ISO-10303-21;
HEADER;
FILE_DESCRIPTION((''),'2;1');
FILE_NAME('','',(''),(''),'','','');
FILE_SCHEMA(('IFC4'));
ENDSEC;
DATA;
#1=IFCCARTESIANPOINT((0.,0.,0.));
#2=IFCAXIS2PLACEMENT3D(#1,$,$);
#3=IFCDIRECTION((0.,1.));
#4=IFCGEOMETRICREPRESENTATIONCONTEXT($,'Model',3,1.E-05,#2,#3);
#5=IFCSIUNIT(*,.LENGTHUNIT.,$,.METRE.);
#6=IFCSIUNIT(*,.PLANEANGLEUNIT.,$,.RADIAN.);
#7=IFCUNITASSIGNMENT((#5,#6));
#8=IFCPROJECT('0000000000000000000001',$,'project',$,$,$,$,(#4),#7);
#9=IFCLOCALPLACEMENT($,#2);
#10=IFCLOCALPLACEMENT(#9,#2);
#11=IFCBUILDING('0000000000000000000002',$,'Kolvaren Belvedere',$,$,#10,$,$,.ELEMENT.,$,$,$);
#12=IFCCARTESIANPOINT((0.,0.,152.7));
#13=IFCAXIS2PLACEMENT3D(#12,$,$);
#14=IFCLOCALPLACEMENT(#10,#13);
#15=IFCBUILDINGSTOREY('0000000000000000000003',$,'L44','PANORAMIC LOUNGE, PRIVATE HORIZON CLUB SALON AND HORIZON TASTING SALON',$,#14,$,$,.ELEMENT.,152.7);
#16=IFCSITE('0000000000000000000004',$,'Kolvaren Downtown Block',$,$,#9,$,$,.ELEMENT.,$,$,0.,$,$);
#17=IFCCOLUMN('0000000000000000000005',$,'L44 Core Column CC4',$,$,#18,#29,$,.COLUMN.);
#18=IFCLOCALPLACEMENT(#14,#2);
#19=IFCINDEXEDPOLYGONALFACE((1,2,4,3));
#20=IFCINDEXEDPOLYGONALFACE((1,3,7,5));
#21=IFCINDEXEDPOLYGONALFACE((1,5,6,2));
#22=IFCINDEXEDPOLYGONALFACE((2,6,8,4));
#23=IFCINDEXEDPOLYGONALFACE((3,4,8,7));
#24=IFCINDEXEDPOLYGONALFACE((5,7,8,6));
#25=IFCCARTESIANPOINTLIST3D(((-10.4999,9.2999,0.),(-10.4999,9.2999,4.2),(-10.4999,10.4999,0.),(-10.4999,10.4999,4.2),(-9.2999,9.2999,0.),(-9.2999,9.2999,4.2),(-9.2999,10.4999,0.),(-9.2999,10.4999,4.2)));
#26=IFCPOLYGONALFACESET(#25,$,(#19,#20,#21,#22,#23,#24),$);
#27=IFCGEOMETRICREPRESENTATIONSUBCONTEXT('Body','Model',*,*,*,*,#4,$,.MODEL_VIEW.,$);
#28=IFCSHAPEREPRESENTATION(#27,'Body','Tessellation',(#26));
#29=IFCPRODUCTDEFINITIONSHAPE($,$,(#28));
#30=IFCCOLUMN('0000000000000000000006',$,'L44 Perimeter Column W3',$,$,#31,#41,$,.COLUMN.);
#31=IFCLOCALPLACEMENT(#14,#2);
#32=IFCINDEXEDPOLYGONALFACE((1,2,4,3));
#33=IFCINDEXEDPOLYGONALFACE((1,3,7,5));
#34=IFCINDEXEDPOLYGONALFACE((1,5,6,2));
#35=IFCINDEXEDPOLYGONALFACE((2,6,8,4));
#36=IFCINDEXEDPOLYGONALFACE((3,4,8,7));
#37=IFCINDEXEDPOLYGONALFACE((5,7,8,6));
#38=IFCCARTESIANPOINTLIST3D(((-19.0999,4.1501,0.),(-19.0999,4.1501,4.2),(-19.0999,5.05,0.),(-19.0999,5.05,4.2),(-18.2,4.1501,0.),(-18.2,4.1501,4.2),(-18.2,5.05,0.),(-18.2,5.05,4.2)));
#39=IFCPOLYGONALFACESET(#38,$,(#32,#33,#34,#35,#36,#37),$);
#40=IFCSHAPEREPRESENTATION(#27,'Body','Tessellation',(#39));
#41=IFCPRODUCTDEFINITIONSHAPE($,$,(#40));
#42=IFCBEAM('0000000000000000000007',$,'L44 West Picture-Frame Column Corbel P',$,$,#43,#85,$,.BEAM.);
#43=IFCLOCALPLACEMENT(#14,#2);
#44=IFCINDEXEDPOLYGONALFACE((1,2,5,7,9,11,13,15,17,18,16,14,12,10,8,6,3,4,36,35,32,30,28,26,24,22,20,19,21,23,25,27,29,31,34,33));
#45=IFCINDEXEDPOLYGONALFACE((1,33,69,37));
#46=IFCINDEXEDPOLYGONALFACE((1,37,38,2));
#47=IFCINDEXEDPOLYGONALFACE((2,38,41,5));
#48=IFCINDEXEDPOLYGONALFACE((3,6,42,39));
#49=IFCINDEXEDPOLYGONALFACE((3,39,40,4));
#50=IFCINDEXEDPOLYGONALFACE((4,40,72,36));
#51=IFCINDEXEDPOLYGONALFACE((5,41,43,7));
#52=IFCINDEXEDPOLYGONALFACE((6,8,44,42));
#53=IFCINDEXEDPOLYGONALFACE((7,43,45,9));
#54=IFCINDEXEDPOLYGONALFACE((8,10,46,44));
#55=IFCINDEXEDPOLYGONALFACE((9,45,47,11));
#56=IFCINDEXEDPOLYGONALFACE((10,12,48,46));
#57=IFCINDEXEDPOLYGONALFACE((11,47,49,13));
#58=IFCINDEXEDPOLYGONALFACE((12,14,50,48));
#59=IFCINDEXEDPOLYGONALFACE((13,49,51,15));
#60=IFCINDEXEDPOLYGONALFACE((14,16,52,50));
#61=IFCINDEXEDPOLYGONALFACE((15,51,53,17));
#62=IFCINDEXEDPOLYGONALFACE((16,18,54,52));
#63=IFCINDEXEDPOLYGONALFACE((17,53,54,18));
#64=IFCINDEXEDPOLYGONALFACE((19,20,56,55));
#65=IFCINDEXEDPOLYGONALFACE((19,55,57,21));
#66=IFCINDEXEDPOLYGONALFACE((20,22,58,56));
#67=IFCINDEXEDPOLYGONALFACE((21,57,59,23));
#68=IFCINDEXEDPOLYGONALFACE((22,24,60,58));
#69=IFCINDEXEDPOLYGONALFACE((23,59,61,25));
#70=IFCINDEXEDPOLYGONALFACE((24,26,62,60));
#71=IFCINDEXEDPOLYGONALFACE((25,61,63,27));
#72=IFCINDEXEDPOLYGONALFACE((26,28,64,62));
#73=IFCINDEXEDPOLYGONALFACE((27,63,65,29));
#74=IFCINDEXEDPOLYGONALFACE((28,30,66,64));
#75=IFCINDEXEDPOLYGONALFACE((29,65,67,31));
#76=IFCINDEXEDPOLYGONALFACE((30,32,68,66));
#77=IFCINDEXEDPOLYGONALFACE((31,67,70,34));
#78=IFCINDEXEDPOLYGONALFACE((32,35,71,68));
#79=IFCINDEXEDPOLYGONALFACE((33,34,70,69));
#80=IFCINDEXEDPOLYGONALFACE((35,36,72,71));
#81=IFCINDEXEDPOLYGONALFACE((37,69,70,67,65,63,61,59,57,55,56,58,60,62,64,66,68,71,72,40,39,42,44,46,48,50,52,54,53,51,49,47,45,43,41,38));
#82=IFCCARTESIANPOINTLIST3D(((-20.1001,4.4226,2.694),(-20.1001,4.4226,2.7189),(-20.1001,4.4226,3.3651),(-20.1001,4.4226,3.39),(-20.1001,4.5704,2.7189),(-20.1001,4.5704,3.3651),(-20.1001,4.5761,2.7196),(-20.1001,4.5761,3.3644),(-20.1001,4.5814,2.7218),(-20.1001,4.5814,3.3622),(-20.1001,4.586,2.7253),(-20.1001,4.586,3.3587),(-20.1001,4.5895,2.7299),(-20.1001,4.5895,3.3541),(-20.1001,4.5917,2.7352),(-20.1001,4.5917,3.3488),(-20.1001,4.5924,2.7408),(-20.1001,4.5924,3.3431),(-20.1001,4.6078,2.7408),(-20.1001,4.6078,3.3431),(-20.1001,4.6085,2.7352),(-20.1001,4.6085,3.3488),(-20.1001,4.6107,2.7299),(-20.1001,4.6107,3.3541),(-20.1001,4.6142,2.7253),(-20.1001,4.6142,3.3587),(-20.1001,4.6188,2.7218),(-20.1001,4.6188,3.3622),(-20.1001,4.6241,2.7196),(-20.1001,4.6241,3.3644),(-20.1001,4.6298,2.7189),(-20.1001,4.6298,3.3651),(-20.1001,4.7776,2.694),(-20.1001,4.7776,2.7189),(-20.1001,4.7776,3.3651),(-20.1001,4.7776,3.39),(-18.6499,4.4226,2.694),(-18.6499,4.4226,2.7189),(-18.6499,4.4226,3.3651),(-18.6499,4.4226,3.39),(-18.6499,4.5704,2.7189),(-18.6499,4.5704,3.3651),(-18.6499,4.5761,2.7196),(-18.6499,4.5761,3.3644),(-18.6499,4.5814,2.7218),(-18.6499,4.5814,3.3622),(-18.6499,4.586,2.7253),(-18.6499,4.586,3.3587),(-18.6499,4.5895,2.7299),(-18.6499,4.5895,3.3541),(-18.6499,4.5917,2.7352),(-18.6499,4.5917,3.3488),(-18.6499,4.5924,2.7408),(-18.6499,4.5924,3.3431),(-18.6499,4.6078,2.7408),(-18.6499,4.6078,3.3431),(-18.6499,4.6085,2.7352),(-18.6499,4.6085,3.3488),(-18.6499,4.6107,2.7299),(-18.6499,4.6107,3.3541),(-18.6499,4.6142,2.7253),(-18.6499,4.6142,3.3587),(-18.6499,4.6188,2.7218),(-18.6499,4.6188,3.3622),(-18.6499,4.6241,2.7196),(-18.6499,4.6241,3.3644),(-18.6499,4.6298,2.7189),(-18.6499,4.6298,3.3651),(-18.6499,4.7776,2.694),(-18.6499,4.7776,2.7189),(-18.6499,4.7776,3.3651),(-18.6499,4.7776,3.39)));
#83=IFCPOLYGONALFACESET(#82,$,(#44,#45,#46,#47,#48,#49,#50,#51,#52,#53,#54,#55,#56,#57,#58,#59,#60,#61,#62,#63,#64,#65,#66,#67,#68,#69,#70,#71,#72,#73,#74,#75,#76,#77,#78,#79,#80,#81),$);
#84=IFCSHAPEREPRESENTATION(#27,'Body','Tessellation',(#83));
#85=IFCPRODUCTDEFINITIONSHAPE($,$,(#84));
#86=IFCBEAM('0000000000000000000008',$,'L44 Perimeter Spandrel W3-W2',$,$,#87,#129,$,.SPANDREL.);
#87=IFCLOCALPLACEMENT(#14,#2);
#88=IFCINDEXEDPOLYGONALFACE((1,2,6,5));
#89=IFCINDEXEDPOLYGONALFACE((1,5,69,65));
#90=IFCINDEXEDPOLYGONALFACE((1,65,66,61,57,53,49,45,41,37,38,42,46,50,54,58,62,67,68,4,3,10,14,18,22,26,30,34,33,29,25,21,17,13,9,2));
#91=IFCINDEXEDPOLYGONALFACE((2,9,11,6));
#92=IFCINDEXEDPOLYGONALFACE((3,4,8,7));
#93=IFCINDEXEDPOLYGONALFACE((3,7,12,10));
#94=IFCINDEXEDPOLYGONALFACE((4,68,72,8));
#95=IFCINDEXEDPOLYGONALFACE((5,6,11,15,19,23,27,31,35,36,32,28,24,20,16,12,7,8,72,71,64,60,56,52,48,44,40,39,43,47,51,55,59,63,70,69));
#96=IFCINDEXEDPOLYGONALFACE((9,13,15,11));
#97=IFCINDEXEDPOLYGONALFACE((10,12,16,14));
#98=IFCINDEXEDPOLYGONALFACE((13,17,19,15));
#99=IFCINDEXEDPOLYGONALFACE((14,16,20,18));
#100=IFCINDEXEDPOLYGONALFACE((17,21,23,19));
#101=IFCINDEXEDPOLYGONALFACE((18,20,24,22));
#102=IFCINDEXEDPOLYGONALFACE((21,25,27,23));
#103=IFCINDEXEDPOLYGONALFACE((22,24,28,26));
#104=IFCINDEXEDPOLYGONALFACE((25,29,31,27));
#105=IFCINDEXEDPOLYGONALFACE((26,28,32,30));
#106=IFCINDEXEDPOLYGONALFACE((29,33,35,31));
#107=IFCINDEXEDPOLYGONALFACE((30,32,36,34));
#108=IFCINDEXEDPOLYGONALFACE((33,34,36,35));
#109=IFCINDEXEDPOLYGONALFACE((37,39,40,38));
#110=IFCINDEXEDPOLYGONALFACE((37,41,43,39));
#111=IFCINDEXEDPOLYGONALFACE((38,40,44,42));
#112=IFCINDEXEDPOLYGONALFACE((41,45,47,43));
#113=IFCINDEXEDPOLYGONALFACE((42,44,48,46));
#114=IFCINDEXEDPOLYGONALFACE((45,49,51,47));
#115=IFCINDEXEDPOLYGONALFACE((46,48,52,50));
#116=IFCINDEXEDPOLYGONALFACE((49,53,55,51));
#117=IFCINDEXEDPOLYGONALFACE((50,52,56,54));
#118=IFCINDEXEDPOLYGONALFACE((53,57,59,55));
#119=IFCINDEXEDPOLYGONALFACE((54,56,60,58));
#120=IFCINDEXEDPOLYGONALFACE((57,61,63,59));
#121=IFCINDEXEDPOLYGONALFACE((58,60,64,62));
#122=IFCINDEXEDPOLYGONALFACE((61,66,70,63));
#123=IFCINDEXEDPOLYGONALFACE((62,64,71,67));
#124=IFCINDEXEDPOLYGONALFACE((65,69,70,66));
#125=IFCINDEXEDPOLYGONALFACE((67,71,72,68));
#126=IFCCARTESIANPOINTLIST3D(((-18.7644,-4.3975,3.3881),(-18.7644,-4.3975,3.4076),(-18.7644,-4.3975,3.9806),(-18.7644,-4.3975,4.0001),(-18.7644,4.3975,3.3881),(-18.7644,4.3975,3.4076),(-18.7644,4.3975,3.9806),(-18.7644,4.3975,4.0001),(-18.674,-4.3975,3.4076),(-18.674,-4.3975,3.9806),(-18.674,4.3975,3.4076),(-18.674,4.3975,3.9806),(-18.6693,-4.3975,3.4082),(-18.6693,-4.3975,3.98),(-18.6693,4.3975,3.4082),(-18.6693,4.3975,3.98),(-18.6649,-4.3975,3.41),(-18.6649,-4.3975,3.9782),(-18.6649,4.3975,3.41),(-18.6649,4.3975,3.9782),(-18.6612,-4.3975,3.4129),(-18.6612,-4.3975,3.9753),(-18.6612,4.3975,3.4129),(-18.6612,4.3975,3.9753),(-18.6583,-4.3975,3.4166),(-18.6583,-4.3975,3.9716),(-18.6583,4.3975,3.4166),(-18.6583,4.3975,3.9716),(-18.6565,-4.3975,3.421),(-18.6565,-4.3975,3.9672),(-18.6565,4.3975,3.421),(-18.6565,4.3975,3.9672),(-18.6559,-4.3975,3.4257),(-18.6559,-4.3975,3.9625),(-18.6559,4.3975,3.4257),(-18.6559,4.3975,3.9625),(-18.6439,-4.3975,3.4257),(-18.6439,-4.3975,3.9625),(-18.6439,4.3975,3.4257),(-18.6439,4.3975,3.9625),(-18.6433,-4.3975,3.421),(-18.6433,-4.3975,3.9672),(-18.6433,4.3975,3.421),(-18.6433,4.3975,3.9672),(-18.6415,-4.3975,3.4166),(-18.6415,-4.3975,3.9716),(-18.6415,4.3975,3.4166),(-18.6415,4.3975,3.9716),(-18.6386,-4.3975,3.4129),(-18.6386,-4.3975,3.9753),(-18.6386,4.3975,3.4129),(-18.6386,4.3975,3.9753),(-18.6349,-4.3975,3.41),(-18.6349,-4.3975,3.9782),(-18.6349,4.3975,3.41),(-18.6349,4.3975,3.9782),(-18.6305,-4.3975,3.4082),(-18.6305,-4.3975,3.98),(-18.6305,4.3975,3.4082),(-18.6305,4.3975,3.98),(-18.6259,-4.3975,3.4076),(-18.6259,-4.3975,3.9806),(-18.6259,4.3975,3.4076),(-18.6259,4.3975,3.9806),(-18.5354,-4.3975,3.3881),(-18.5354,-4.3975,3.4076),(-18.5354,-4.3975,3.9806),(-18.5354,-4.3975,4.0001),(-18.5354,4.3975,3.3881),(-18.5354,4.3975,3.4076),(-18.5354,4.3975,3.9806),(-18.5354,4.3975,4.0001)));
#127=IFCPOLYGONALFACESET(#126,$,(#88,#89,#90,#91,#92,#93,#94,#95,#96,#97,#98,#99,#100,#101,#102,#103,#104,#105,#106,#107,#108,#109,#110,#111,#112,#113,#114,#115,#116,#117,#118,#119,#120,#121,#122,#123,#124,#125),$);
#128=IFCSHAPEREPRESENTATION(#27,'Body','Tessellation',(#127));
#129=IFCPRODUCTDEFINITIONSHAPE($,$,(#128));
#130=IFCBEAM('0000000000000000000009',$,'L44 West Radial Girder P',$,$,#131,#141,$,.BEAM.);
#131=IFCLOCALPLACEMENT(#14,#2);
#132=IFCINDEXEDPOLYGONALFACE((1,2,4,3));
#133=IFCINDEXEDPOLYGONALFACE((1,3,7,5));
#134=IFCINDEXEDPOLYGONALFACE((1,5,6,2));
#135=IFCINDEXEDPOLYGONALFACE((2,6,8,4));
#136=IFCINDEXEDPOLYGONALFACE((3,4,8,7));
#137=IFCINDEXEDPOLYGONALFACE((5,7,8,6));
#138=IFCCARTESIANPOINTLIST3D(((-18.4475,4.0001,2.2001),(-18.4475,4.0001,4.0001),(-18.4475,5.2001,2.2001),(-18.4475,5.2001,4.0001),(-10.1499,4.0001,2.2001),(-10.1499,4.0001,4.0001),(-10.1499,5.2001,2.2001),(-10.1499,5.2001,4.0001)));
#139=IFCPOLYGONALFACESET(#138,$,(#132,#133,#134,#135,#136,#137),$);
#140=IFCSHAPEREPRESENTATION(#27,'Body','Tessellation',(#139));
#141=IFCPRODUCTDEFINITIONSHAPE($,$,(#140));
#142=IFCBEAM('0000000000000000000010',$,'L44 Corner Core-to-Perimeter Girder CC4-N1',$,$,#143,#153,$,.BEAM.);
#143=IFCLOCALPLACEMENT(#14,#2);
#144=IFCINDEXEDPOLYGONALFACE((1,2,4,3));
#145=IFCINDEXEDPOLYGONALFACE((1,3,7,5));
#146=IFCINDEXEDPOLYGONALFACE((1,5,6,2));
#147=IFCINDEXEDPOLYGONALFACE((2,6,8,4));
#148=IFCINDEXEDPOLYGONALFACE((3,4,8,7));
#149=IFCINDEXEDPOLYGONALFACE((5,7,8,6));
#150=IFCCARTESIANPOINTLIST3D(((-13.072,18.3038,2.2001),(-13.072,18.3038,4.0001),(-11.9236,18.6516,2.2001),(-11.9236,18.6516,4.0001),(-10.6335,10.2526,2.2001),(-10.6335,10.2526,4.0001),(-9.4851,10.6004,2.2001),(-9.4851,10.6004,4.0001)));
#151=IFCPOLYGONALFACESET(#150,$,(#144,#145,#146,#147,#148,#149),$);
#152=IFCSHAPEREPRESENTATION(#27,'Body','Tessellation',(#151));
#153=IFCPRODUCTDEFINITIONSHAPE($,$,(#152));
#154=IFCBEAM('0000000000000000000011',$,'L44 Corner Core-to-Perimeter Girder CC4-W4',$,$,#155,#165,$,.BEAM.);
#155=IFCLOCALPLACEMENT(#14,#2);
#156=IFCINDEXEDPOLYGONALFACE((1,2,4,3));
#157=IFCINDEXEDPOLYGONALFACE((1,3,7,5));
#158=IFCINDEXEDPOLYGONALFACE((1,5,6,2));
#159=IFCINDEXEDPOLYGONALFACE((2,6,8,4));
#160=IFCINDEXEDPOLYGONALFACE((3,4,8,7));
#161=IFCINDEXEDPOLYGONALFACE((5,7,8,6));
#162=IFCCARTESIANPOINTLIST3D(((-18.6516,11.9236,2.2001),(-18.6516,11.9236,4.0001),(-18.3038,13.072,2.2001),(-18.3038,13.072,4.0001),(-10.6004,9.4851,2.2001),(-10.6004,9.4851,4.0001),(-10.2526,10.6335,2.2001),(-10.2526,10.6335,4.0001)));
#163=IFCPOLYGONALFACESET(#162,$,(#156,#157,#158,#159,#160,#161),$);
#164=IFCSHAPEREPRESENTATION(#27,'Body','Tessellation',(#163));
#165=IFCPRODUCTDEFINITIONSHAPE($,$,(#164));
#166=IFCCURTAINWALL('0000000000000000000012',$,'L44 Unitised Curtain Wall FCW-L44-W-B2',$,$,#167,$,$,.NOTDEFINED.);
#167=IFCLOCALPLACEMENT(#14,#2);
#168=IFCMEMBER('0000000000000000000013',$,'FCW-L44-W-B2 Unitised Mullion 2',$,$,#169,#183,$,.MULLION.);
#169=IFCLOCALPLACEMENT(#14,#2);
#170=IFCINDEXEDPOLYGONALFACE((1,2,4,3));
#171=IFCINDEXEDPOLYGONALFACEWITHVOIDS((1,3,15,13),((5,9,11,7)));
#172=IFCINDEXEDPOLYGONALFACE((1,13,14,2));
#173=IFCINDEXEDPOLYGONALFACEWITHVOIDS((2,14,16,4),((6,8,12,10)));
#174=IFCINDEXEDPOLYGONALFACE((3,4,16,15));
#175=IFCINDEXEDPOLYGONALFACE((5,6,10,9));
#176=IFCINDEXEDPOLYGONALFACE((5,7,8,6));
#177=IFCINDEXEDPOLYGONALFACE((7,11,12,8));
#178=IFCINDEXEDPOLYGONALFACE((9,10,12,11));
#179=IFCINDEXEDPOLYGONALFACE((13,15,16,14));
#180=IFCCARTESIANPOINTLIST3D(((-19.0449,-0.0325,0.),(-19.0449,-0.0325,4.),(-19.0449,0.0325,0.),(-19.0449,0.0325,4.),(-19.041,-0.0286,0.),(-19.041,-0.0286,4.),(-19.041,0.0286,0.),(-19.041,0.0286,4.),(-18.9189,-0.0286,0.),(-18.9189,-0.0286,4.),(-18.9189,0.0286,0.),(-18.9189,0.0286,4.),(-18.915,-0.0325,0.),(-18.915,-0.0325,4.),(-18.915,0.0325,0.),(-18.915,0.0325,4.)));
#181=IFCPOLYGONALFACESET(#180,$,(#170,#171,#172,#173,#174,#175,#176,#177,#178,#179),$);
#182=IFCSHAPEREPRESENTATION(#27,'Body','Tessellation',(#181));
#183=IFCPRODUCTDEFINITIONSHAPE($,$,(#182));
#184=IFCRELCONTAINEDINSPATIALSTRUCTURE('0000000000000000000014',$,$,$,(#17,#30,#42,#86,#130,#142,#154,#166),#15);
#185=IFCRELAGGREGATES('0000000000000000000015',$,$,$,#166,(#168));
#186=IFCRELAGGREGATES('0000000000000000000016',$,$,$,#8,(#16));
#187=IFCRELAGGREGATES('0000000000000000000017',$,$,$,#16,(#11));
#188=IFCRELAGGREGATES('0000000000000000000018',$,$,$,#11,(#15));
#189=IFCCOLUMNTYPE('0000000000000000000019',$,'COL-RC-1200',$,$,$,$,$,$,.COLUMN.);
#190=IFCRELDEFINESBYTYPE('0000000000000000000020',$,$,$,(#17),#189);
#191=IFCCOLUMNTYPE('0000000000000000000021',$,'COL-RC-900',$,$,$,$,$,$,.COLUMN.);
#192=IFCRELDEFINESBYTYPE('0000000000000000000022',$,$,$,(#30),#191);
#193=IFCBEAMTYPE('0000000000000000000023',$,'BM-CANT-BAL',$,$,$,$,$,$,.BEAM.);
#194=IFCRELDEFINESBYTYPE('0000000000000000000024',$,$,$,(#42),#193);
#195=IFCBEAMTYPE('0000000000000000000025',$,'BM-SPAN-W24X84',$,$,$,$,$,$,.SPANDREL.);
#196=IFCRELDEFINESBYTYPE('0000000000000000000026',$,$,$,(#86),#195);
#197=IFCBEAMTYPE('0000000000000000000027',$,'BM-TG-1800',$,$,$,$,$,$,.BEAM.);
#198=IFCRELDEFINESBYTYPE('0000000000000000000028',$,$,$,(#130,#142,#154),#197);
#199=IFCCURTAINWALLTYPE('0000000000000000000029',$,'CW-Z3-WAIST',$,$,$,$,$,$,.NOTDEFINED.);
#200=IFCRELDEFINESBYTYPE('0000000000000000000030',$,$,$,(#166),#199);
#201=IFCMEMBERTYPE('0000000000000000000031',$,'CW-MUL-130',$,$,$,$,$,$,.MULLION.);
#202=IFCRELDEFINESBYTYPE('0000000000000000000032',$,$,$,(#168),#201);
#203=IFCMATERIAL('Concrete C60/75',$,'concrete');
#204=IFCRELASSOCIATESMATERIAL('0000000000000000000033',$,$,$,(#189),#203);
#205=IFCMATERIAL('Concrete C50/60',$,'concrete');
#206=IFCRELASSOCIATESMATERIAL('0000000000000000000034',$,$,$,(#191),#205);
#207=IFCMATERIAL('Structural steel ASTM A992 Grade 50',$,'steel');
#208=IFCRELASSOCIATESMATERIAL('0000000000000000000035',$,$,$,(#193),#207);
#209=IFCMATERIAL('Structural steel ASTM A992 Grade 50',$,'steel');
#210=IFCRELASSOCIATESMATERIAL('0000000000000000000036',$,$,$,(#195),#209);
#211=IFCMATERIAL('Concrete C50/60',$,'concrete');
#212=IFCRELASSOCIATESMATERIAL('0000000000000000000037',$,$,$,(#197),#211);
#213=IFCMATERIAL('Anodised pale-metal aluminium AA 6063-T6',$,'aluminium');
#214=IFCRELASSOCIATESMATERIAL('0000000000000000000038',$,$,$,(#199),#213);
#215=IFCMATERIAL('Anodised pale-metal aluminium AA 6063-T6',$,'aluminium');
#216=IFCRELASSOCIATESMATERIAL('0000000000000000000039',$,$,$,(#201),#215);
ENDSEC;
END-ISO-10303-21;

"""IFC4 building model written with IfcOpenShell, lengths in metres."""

from ifc_helpers import new_model, si_unit, direction, frame, origin, origin_2d, place, context, subcontext, project, spatial, rectangle, hollow_rectangle, i_section, extrude, material, material_profile, profile_set, type_object, element, aggregate, save


model = new_model("IFC4")

# Units and contexts
model_context = context("Model", 3, precision=1e-05, world=origin(), true_north=direction((0.0, 1.0)))
body_context = subcontext(model_context, "Body", "Model", "MODEL_VIEW")
ifc_project = project(units=[si_unit("LENGTHUNIT", "METRE"), si_unit("PLANEANGLEUNIT", "RADIAN")], contexts=[model_context])

# Site, building, storey
site_placement = place(None, origin())
site = spatial("IfcSite", under=ifc_project, at=site_placement, Name="Kolvaren Downtown Block", CompositionType="ELEMENT", RefElevation=0.0)
building_placement = place(site_placement, origin())
building = spatial("IfcBuilding", under=site, at=building_placement, Name="Kolvaren Belvedere", CompositionType="ELEMENT")
storey_placement = place(building_placement, frame((0.0, 0.0, 152.7)))
storey = spatial("IfcBuildingStorey", under=building, at=storey_placement, Name="L44", Description="PANORAMIC LOUNGE, PRIVATE HORIZON CLUB SALON AND HORIZON TASTING SALON", CompositionType="ELEMENT", Elevation=152.7)

# Columns
ifc_material_1 = material(Name="Concrete C60/75", Category="concrete")
ifc_material_profile_1 = material_profile(ifc_material_1, rectangle(XDim=1.2, YDim=1.2, at=origin_2d()), Name="RC 1200X1200")
ifc_profile_set_1 = profile_set([ifc_material_profile_1], Name="Concrete C60/75")
column_type_1 = type_object("IfcColumnType", Name="COL-RC-1200", PredefinedType="COLUMN", material=ifc_profile_set_1)
column_1_placement = place(storey_placement, frame((-9.8999, 9.8999, 0.0), z_axis=(0.0, 0.0, 1.0), x_axis=(1.0, 0.0, 0.0)))
element("IfcColumn", 1, at=column_1_placement, inside=storey, type_object=column_type_1, Name="L44 Core Column CC4", PredefinedType="COLUMN", context=body_context, shape_type="SweptSolid", body=[
    extrude(rectangle(XDim=1.2, YDim=1.2, at=origin_2d()), origin(), (0.0, 0.0, 1.0), 4.2),
])
ifc_material_2 = material(Name="Concrete C50/60", Category="concrete")
ifc_material_profile_2 = material_profile(ifc_material_2, rectangle(XDim=0.8999, YDim=0.8999, at=origin_2d()), Name="RC 900X900")
ifc_profile_set_2 = profile_set([ifc_material_profile_2], Name="Concrete C50/60")
column_type_2 = type_object("IfcColumnType", Name="COL-RC-900", PredefinedType="COLUMN", material=ifc_profile_set_2)
column_2_placement = place(storey_placement, frame((-18.6499, 4.6001, 0.0), z_axis=(0.0, 0.0, 1.0), x_axis=(1.0, 0.0, 0.0)))
element("IfcColumn", 2, at=column_2_placement, inside=storey, type_object=column_type_2, Name="L44 Perimeter Column W3", PredefinedType="COLUMN", context=body_context, shape_type="SweptSolid", body=[
    extrude(rectangle(XDim=0.8999, YDim=0.8999, at=origin_2d()), origin(), (0.0, 0.0, 1.0), 4.2),
])

# Beams
ifc_material_3 = material(Name="Structural steel ASTM A992 Grade 50", Category="steel")
ifc_material_profile_3 = material_profile(ifc_material_3, i_section(OverallWidth=0.355, OverallDepth=0.696, WebThickness=0.0154, FlangeThickness=0.0249, FilletRadius=0.022, at=origin_2d()), Name="W27X146")
ifc_profile_set_3 = profile_set([ifc_material_profile_3], Name="Structural steel ASTM A992 Grade 50")
beam_type_1 = type_object("IfcBeamType", Name="BM-CANT-BAL", PredefinedType="BEAM", material=ifc_profile_set_3)
beam_1_placement = place(storey_placement, frame((-18.6499, 4.6001, 3.042), z_axis=(-1.0, 0.0, 0.0), x_axis=(0.0, -1.0, 0.0)))
element("IfcBeam", 3, at=beam_1_placement, inside=storey, type_object=beam_type_1, Name="L44 West Picture-Frame Column Corbel P", PredefinedType="BEAM", context=body_context, shape_type="SweptSolid", body=[
    extrude(i_section(OverallWidth=0.355, OverallDepth=0.696, WebThickness=0.0154, FlangeThickness=0.0249, FilletRadius=0.022, at=origin_2d()), origin(), (0.0, 0.0, 1.0), 1.4502),
])
ifc_material_4 = material(Name="Structural steel ASTM A992 Grade 50", Category="steel")
ifc_material_profile_4 = material_profile(ifc_material_4, i_section(OverallWidth=0.229, OverallDepth=0.6121, WebThickness=0.012, FlangeThickness=0.0195, FilletRadius=0.0181, at=origin_2d()), Name="W24X84")
ifc_profile_set_4 = profile_set([ifc_material_profile_4], Name="Structural steel ASTM A992 Grade 50")
beam_type_2 = type_object("IfcBeamType", Name="BM-SPAN-W24X84", PredefinedType="SPANDREL", material=ifc_profile_set_4)
beam_2_placement = place(storey_placement, frame((-18.6499, 4.3975, 3.6941), z_axis=(0.0, -1.0, 0.0), x_axis=(1.0, 0.0, 0.0)))
element("IfcBeam", 4, at=beam_2_placement, inside=storey, type_object=beam_type_2, Name="L44 Perimeter Spandrel W3-W2", PredefinedType="SPANDREL", context=body_context, shape_type="SweptSolid", body=[
    extrude(i_section(OverallWidth=0.229, OverallDepth=0.6121, WebThickness=0.012, FlangeThickness=0.0195, FilletRadius=0.0181, at=origin_2d()), origin(), (0.0, 0.0, 1.0), 8.7949),
])
ifc_material_5 = material(Name="Concrete C50/60", Category="concrete")
ifc_material_profile_5 = material_profile(ifc_material_5, rectangle(XDim=1.2, YDim=1.8, at=origin_2d()), Name="RC 1200X1800")
ifc_profile_set_5 = profile_set([ifc_material_profile_5], Name="Concrete C50/60")
beam_type_3 = type_object("IfcBeamType", Name="BM-TG-1800", PredefinedType="BEAM", material=ifc_profile_set_5)
beam_3_placement = place(storey_placement, frame((-10.1499, 4.6001, 3.1001), z_axis=(-1.0, 0.0, 0.0), x_axis=(0.0, -1.0, 0.0)))
element("IfcBeam", 5, at=beam_3_placement, inside=storey, type_object=beam_type_3, Name="L44 West Radial Girder P", PredefinedType="BEAM", context=body_context, shape_type="SweptSolid", body=[
    extrude(rectangle(XDim=1.2, YDim=1.8, at=origin_2d()), origin(), (0.0, 0.0, 1.0), 8.2976),
])
for number, where, z_axis, x_axis, name in (
    (6, (-10.0593, 10.4265, 3.1001), (-0.289866, 0.957067, 0.0), (-0.957067, -0.289866, 0.0), "L44 Corner Core-to-Perimeter Girder CC4-N1"),
    (7, (-10.4265, 10.0593, 3.1001), (-0.957067, 0.289866, 0.0), (-0.289866, -0.957067, 0.0), "L44 Corner Core-to-Perimeter Girder CC4-W4"),
):
    element("IfcBeam", number, at=place(storey_placement, frame(where, z_axis=z_axis, x_axis=x_axis)), inside=storey, type_object=beam_type_3, Name=name, PredefinedType="BEAM", context=body_context, shape_type="SweptSolid", body=[
        extrude(rectangle(XDim=1.2, YDim=1.8, at=origin_2d()), origin(), (0.0, 0.0, 1.0), 8.4124),
    ])

# Curtain wall, member
ifc_material_6 = material(Name="Anodised pale-metal aluminium AA 6063-T6", Category="aluminium")
curtain_wall_type = type_object("IfcCurtainWallType", Name="CW-Z3-WAIST", PredefinedType="NOTDEFINED", material=ifc_material_6)
curtain_wall_1_placement = place(storey_placement, origin())
curtain_wall_1 = element("IfcCurtainWall", 8, at=curtain_wall_1_placement, inside=storey, type_object=curtain_wall_type, Name="L44 Unitised Curtain Wall FCW-L44-W-B2", PredefinedType="NOTDEFINED")
ifc_material_7 = material(Name="Anodised pale-metal aluminium AA 6063-T6", Category="aluminium")
ifc_material_profile_6 = material_profile(ifc_material_7, hollow_rectangle(XDim=0.0649, YDim=0.1299, WallThickness=0.0039, at=origin_2d()), Name="ALU-MUL-130X65")
ifc_profile_set_6 = profile_set([ifc_material_profile_6], Name="Anodised pale-metal aluminium AA 6063-T6")
member_type_1 = type_object("IfcMemberType", Name="CW-MUL-130", PredefinedType="MULLION", material=ifc_profile_set_6)
member_1_placement = place(storey_placement, frame((-18.98, 0.0, 0.0), z_axis=(0.0, 0.0, 1.0), x_axis=(0.0, 1.0, 0.0)))
member_1 = element("IfcMember", 9, at=member_1_placement, type_object=member_type_1, Name="FCW-L44-W-B2 Unitised Mullion 2", PredefinedType="MULLION", context=body_context, shape_type="SweptSolid", body=[
    extrude(hollow_rectangle(XDim=0.0649, YDim=0.1299, WallThickness=0.0039, at=origin_2d()), origin(), (0.0, 0.0, 1.0), 4.0),
])

aggregate(curtain_wall_1, [member_1])

save(model, "model.ifc")
